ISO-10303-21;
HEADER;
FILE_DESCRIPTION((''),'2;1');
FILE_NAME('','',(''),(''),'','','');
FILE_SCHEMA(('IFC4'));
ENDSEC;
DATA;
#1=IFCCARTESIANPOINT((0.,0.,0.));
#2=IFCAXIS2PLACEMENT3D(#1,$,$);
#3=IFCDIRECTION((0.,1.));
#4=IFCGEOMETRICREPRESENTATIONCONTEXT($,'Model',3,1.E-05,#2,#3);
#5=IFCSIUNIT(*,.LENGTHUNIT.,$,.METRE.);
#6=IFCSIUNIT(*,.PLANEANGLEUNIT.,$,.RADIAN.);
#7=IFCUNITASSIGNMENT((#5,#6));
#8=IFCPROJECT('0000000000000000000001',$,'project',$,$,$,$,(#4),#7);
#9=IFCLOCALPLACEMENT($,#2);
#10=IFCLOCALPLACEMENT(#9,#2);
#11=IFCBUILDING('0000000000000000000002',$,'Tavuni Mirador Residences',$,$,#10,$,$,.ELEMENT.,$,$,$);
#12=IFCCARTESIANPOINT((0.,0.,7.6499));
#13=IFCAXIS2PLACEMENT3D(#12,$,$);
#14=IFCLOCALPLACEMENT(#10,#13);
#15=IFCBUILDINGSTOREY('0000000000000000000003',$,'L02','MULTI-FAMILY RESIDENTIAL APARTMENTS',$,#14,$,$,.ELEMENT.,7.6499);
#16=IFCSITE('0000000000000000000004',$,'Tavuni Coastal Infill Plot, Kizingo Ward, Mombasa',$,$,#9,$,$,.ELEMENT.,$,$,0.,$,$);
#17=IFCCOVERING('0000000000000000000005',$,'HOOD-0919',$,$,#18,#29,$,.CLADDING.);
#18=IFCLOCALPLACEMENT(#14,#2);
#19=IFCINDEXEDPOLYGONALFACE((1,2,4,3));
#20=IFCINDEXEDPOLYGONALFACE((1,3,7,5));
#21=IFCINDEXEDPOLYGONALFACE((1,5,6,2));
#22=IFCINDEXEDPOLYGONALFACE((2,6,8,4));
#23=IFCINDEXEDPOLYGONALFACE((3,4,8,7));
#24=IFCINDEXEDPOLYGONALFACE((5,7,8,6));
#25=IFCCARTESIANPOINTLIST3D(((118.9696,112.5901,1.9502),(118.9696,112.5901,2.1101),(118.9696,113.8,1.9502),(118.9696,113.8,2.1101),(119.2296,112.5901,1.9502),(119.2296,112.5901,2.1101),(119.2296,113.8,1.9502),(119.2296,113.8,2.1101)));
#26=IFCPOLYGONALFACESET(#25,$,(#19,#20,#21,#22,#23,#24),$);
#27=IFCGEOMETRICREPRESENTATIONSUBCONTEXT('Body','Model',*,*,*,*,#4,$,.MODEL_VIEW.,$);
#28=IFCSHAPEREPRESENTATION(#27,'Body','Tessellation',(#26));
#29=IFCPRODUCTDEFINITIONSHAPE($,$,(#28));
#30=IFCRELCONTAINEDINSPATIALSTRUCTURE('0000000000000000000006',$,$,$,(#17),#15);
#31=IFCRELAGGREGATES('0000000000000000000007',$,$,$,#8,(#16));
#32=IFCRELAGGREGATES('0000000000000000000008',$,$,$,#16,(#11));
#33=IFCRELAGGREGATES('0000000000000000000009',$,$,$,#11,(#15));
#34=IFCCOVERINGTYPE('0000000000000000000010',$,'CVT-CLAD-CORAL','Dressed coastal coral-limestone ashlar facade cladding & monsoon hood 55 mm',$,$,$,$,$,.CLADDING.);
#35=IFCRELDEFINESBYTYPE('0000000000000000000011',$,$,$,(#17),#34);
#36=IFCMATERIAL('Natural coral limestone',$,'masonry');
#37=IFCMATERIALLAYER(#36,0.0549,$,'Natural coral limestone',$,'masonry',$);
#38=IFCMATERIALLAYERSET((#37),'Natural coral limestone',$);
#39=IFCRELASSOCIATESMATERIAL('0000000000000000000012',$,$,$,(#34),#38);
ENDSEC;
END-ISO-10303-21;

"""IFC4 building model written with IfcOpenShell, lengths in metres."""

from ifc_helpers import new_model, si_unit, direction, frame, origin, origin_2d, place, context, subcontext, project, spatial, rectangle, extrude, material, layer, layer_set, type_object, element, save


model = new_model("IFC4")

# Units and contexts
model_context = context("Model", 3, precision=1e-05, world=origin(), true_north=direction((0.0, 1.0)))
body_context = subcontext(model_context, "Body", "Model", "MODEL_VIEW")
ifc_project = project(units=[si_unit("LENGTHUNIT", "METRE"), si_unit("PLANEANGLEUNIT", "RADIAN")], contexts=[model_context])

# Site, building, storey
site_placement = place(None, origin())
site = spatial("IfcSite", under=ifc_project, at=site_placement, Name="Tavuni Coastal Infill Plot, Kizingo Ward, Mombasa", CompositionType="ELEMENT", RefElevation=0.0)
building_placement = place(site_placement, origin())
building = spatial("IfcBuilding", under=site, at=building_placement, Name="Tavuni Mirador Residences", CompositionType="ELEMENT")
storey_placement = place(building_placement, frame((0.0, 0.0, 7.6499)))
storey = spatial("IfcBuildingStorey", under=building, at=storey_placement, Name="L02", Description="MULTI-FAMILY RESIDENTIAL APARTMENTS", CompositionType="ELEMENT", Elevation=7.6499)

# Covering
ifc_material_1 = material(Name="Natural coral limestone", Category="masonry")
ifc_layer_1 = layer(ifc_material_1, 0.0549, Name="Natural coral limestone", Category="masonry")
ifc_layer_set_1 = layer_set([ifc_layer_1], Name="Natural coral limestone")
covering_type = type_object("IfcCoveringType", Name="CVT-CLAD-CORAL", Description="Dressed coastal coral-limestone ashlar facade cladding & monsoon hood 55 mm", PredefinedType="CLADDING", material=ifc_layer_set_1)
covering_placement = place(storey_placement, frame((119.0996, 113.1951, 1.9502), z_axis=(0.0, 0.0, 1.0), x_axis=(0.0, 1.0, 0.0)))
element("IfcCovering", 1, at=covering_placement, inside=storey, type_object=covering_type, Name="HOOD-0919", PredefinedType="CLADDING", context=body_context, shape_type="SweptSolid", body=[
    extrude(rectangle(XDim=1.21, YDim=0.26, at=origin_2d()), origin(), (0.0, 0.0, 1.0), 0.1599),
])

save(model, "model.ifc")
